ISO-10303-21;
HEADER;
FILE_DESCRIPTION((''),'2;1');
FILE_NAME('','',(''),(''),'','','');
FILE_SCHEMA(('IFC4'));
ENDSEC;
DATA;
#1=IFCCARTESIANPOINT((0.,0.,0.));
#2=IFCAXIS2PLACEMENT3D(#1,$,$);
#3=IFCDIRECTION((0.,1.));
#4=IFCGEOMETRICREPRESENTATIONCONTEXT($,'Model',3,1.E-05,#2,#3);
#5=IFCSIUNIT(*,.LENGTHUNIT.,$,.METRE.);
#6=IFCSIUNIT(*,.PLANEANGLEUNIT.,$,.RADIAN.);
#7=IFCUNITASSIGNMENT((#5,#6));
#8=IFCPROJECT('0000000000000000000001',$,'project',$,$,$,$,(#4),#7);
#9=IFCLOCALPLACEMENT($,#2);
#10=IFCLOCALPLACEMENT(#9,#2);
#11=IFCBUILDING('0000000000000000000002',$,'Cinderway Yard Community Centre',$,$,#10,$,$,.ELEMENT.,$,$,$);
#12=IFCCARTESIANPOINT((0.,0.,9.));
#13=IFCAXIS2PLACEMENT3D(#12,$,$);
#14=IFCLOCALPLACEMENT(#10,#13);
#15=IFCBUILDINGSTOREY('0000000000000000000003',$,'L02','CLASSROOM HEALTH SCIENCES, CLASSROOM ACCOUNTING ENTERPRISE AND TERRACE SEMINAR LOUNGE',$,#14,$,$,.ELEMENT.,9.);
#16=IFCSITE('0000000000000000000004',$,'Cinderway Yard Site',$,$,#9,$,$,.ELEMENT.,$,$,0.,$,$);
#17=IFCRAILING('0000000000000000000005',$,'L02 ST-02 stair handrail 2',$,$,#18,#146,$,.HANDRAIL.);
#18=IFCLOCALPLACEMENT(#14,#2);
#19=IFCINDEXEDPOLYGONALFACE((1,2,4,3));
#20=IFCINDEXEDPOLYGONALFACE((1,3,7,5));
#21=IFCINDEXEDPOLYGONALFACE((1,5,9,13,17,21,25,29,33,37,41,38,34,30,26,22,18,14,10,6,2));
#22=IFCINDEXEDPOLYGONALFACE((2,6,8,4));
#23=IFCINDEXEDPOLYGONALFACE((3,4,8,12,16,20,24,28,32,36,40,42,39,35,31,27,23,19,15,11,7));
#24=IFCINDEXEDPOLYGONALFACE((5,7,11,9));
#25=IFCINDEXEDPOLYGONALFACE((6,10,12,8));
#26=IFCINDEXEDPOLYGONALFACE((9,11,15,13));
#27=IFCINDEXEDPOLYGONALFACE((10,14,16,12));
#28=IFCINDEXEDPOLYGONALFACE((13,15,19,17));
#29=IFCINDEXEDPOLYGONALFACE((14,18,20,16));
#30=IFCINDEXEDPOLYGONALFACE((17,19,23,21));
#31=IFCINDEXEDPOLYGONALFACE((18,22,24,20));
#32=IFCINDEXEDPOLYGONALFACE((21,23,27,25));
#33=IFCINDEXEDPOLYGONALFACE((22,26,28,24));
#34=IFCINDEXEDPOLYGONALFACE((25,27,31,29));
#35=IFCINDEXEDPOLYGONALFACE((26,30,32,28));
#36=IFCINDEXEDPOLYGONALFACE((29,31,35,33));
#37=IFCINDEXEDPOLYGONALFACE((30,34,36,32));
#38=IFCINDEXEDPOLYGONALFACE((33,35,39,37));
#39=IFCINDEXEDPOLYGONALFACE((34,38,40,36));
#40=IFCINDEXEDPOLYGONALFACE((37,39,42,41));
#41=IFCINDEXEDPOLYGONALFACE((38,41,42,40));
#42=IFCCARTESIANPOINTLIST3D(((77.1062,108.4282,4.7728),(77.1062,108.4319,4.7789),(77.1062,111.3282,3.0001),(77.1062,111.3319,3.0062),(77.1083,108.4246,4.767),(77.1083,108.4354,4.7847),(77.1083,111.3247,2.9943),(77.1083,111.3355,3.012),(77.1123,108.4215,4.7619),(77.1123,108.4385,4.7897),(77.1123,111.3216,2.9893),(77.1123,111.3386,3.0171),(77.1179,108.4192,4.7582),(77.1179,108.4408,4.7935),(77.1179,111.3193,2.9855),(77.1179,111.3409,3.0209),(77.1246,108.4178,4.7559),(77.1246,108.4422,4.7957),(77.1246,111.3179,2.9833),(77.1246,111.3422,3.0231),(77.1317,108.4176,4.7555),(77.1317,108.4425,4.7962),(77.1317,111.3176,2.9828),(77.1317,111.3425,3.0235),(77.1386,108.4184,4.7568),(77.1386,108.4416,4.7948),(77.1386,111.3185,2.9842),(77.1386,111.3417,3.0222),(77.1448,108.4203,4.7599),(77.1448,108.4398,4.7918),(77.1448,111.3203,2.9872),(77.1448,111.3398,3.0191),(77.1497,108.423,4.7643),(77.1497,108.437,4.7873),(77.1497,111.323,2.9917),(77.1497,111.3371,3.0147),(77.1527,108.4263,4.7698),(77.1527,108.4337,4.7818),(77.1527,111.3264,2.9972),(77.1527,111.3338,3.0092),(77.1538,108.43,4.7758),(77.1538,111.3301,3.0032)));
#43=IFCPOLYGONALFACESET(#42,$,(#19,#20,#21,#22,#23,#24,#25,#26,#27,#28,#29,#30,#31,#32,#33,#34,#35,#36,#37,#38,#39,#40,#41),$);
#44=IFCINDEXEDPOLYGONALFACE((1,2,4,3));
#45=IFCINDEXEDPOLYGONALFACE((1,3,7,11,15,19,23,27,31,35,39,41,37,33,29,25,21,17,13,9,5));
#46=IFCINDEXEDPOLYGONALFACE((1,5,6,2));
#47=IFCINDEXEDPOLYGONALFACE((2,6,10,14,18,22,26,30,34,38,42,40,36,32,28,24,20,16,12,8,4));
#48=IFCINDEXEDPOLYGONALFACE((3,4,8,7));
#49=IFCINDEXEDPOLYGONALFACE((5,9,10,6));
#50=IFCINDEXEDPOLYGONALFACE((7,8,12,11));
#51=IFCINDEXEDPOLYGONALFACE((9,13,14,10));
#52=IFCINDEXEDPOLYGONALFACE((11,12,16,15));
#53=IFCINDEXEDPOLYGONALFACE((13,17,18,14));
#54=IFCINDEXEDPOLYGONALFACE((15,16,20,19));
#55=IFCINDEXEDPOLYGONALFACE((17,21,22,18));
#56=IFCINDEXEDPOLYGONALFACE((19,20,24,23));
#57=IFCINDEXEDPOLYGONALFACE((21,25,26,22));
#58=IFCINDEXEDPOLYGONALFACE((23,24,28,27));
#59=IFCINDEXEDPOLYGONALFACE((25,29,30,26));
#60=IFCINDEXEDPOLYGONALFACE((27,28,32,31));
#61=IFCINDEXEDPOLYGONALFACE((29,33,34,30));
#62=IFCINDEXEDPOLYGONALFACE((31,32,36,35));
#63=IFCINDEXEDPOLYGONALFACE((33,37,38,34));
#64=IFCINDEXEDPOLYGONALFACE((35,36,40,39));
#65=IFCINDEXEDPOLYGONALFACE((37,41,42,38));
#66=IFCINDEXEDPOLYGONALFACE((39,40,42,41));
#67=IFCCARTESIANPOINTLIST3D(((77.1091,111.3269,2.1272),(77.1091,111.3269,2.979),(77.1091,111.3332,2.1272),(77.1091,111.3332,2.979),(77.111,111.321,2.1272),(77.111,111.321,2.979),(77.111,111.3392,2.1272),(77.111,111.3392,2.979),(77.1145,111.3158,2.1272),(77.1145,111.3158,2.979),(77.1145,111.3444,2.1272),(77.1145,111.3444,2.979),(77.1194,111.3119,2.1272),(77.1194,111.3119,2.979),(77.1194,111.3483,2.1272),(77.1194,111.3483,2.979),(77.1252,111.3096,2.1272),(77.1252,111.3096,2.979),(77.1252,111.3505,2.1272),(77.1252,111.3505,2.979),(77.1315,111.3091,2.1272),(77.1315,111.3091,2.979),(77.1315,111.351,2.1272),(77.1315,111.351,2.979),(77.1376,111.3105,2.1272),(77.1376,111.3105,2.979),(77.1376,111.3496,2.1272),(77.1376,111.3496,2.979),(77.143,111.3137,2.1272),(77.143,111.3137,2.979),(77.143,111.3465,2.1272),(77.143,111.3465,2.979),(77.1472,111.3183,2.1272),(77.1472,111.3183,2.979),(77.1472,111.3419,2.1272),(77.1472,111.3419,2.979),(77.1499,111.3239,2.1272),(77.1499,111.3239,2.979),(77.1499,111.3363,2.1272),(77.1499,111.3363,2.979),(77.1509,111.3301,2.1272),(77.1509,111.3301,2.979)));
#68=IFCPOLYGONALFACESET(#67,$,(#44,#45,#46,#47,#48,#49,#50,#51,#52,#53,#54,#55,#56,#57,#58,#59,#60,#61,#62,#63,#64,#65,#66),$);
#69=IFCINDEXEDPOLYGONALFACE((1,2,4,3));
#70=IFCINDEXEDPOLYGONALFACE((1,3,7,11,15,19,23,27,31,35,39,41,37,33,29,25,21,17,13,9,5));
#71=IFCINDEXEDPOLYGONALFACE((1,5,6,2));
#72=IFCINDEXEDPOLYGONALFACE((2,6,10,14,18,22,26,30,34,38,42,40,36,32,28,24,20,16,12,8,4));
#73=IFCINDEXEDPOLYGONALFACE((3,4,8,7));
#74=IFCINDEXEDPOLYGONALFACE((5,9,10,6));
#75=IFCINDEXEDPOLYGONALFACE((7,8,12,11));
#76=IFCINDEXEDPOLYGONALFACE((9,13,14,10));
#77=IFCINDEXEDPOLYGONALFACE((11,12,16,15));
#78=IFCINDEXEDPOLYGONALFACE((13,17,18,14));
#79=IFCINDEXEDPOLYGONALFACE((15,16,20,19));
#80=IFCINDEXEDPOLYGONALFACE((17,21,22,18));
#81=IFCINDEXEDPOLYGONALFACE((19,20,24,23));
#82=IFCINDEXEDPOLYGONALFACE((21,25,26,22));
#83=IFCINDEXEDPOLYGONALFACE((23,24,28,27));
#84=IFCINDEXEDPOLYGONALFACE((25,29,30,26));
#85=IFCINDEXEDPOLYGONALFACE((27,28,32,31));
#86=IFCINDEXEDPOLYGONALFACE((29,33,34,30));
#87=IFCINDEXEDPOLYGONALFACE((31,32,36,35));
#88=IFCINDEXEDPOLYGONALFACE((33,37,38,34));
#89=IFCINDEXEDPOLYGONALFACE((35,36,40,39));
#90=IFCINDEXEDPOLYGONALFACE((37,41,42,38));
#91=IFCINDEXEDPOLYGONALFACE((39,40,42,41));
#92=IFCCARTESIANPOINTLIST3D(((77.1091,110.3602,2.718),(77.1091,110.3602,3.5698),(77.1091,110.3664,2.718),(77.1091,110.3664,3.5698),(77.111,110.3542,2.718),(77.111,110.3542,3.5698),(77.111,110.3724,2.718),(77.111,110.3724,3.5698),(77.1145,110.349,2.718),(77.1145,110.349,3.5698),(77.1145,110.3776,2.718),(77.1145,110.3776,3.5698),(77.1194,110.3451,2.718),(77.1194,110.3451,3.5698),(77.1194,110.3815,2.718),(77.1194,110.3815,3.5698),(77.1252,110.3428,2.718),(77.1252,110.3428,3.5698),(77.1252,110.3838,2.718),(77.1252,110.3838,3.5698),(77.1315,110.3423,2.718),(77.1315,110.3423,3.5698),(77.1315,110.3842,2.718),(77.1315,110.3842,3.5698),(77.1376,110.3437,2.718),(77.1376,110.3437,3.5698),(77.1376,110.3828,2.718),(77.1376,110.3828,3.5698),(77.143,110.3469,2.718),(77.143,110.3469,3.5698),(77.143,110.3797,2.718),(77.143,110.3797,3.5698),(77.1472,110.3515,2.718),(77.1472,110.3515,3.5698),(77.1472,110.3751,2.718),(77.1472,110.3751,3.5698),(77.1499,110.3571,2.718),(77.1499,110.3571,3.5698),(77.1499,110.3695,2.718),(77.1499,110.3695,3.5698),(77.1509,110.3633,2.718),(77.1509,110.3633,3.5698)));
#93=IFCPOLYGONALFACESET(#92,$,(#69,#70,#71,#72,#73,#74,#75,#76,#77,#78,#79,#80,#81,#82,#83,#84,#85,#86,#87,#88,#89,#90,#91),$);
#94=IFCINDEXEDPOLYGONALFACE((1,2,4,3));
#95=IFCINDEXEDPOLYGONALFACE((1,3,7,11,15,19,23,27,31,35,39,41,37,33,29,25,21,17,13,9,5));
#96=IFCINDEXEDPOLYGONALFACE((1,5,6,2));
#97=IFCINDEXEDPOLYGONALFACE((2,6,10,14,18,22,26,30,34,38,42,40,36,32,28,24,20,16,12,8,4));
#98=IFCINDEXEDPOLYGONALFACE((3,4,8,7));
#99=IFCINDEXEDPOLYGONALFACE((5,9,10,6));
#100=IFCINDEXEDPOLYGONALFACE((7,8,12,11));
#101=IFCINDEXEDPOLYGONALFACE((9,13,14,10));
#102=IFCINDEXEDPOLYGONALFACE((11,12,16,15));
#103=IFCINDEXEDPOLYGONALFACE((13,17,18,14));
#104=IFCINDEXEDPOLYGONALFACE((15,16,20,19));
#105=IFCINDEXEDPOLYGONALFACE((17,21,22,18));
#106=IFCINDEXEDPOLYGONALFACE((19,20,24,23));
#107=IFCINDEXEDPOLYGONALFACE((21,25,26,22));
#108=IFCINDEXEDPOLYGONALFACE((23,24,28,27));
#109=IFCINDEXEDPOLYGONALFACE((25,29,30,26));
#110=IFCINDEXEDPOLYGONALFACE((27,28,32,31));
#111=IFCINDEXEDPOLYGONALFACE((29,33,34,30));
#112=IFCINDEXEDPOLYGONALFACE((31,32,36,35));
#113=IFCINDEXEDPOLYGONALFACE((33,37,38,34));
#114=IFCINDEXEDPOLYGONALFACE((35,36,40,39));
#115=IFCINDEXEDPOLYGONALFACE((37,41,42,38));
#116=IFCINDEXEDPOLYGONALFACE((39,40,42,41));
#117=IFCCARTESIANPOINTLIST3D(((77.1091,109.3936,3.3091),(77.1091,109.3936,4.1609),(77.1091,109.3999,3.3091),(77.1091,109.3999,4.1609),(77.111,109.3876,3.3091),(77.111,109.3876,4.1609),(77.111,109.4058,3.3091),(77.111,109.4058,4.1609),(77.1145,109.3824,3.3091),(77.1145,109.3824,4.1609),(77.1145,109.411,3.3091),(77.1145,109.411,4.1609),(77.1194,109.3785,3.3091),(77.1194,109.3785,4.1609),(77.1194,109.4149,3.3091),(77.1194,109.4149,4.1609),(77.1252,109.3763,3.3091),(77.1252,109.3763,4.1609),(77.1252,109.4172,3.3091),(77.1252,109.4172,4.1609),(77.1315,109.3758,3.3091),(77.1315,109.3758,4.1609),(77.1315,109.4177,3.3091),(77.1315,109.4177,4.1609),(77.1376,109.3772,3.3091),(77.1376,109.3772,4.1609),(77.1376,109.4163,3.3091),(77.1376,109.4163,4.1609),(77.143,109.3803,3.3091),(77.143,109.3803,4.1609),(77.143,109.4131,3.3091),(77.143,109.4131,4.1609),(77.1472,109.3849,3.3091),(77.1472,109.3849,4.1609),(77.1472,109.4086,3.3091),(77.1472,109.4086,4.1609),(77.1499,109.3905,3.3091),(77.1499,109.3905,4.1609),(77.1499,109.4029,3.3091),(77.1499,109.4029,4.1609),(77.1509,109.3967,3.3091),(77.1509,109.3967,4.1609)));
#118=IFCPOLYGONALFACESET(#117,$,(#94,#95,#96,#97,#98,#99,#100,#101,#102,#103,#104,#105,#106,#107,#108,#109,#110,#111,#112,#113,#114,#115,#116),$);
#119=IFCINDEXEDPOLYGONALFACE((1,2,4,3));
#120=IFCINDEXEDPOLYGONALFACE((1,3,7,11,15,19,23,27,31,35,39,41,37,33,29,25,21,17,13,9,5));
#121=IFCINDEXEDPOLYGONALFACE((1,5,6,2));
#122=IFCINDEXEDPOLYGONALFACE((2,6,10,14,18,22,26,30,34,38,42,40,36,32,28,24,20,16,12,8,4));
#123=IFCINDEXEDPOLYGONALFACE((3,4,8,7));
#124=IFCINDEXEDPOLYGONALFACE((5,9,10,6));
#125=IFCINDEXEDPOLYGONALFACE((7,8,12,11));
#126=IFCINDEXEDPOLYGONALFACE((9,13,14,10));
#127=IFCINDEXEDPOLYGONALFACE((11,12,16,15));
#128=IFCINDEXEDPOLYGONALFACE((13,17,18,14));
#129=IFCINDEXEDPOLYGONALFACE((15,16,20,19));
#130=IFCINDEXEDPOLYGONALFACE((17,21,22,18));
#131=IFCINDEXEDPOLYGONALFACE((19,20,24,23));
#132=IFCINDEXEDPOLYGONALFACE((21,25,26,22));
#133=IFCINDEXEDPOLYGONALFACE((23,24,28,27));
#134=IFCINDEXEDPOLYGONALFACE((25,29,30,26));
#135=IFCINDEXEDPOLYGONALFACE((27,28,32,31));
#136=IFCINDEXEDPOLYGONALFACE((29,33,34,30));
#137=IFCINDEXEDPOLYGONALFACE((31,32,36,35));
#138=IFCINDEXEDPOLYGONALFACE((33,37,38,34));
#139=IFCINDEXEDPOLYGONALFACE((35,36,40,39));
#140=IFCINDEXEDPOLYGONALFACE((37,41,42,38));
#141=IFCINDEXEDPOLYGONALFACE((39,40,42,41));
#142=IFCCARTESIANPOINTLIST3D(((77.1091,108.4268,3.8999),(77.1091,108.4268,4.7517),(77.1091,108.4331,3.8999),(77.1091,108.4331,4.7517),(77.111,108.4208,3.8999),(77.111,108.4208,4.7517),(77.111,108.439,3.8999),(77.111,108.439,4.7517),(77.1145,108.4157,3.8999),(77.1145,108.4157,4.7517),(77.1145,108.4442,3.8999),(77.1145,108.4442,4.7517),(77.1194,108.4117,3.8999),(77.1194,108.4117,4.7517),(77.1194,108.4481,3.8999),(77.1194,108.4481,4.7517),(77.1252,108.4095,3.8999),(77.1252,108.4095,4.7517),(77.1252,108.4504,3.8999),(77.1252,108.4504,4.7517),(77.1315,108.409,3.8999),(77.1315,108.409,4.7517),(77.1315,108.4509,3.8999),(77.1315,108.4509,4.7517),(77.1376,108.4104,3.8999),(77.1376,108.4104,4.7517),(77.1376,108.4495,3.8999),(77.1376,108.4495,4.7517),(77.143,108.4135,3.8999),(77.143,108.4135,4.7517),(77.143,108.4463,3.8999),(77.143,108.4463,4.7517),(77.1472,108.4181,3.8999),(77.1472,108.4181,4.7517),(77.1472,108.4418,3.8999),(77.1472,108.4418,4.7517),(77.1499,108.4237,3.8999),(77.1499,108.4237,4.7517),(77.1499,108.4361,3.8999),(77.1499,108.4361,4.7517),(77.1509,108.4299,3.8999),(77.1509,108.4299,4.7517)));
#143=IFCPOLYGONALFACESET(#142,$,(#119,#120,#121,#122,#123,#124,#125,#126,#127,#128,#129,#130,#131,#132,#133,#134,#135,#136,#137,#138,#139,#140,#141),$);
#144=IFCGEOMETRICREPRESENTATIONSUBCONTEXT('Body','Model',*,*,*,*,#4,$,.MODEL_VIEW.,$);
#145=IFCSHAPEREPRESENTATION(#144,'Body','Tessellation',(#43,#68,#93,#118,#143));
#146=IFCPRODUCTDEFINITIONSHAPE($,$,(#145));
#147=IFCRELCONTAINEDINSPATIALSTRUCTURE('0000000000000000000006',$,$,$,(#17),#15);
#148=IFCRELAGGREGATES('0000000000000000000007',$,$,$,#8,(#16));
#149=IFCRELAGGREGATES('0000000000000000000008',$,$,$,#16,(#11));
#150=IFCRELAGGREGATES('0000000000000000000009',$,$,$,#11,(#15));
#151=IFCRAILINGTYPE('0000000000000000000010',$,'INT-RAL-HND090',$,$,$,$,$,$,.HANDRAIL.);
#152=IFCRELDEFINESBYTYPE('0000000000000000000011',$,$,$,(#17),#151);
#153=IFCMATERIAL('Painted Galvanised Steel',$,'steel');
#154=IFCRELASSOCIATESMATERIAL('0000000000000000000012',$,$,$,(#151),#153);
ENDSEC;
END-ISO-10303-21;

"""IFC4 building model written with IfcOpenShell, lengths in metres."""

from ifc_helpers import new_model, si_unit, direction, frame, origin, origin_2d, place, context, subcontext, project, spatial, circle, extrude, material, type_object, element, save


model = new_model("IFC4")

# Units and contexts
model_context = context("Model", 3, precision=1e-05, world=origin(), true_north=direction((0.0, 1.0)))
body_context = subcontext(model_context, "Body", "Model", "MODEL_VIEW")
ifc_project = project(units=[si_unit("LENGTHUNIT", "METRE"), si_unit("PLANEANGLEUNIT", "RADIAN")], contexts=[model_context])

# Site, building, storey
site_placement = place(None, origin())
site = spatial("IfcSite", under=ifc_project, at=site_placement, Name="Cinderway Yard Site", CompositionType="ELEMENT", RefElevation=0.0)
building_placement = place(site_placement, origin())
building = spatial("IfcBuilding", under=site, at=building_placement, Name="Cinderway Yard Community Centre", CompositionType="ELEMENT")
storey_placement = place(building_placement, frame((0.0, 0.0, 9.0)))
storey = spatial("IfcBuildingStorey", under=building, at=storey_placement, Name="L02", Description="CLASSROOM HEALTH SCIENCES, CLASSROOM ACCOUNTING ENTERPRISE AND TERRACE SEMINAR LOUNGE", CompositionType="ELEMENT", Elevation=9.0)

# Shared definitions
ifc_material_1 = material(Name="Painted Galvanised Steel", Category="steel")

# Railing
railing_type_1 = type_object("IfcRailingType", Name="INT-RAL-HND090", PredefinedType="HANDRAIL", material=ifc_material_1)
railing_1_placement = place(storey_placement, frame((77.1299, 111.3301, 2.1272)))
element("IfcRailing", 1, at=railing_1_placement, inside=storey, type_object=railing_type_1, Name="L02 ST-02 stair handrail 2", PredefinedType="HANDRAIL", context=body_context, shape_type="SweptSolid", body=[
    extrude(circle(Radius=0.0239, at=origin_2d()), frame((0.0, 0.0, 0.876), z_axis=(0.0, -0.85323, 0.521534), x_axis=(1.0, 0.0, 0.0)), (0.0, 0.0, 1.0), 3.3989),
    extrude(circle(Radius=0.021, at=origin_2d()), origin(), (0.0, 0.0, 1.0), 0.8518),
    extrude(circle(Radius=0.021, at=origin_2d()), frame((0.0, -0.9668, 0.5908)), (0.0, 0.0, 1.0), 0.8518),
    extrude(circle(Radius=0.021, at=origin_2d()), frame((0.0, -1.9333, 1.1819)), (0.0, 0.0, 1.0), 0.8518),
    extrude(circle(Radius=0.021, at=origin_2d()), frame((0.0, -2.9001, 1.7727)), (0.0, 0.0, 1.0), 0.8518),
])

save(model, "model.ifc")
